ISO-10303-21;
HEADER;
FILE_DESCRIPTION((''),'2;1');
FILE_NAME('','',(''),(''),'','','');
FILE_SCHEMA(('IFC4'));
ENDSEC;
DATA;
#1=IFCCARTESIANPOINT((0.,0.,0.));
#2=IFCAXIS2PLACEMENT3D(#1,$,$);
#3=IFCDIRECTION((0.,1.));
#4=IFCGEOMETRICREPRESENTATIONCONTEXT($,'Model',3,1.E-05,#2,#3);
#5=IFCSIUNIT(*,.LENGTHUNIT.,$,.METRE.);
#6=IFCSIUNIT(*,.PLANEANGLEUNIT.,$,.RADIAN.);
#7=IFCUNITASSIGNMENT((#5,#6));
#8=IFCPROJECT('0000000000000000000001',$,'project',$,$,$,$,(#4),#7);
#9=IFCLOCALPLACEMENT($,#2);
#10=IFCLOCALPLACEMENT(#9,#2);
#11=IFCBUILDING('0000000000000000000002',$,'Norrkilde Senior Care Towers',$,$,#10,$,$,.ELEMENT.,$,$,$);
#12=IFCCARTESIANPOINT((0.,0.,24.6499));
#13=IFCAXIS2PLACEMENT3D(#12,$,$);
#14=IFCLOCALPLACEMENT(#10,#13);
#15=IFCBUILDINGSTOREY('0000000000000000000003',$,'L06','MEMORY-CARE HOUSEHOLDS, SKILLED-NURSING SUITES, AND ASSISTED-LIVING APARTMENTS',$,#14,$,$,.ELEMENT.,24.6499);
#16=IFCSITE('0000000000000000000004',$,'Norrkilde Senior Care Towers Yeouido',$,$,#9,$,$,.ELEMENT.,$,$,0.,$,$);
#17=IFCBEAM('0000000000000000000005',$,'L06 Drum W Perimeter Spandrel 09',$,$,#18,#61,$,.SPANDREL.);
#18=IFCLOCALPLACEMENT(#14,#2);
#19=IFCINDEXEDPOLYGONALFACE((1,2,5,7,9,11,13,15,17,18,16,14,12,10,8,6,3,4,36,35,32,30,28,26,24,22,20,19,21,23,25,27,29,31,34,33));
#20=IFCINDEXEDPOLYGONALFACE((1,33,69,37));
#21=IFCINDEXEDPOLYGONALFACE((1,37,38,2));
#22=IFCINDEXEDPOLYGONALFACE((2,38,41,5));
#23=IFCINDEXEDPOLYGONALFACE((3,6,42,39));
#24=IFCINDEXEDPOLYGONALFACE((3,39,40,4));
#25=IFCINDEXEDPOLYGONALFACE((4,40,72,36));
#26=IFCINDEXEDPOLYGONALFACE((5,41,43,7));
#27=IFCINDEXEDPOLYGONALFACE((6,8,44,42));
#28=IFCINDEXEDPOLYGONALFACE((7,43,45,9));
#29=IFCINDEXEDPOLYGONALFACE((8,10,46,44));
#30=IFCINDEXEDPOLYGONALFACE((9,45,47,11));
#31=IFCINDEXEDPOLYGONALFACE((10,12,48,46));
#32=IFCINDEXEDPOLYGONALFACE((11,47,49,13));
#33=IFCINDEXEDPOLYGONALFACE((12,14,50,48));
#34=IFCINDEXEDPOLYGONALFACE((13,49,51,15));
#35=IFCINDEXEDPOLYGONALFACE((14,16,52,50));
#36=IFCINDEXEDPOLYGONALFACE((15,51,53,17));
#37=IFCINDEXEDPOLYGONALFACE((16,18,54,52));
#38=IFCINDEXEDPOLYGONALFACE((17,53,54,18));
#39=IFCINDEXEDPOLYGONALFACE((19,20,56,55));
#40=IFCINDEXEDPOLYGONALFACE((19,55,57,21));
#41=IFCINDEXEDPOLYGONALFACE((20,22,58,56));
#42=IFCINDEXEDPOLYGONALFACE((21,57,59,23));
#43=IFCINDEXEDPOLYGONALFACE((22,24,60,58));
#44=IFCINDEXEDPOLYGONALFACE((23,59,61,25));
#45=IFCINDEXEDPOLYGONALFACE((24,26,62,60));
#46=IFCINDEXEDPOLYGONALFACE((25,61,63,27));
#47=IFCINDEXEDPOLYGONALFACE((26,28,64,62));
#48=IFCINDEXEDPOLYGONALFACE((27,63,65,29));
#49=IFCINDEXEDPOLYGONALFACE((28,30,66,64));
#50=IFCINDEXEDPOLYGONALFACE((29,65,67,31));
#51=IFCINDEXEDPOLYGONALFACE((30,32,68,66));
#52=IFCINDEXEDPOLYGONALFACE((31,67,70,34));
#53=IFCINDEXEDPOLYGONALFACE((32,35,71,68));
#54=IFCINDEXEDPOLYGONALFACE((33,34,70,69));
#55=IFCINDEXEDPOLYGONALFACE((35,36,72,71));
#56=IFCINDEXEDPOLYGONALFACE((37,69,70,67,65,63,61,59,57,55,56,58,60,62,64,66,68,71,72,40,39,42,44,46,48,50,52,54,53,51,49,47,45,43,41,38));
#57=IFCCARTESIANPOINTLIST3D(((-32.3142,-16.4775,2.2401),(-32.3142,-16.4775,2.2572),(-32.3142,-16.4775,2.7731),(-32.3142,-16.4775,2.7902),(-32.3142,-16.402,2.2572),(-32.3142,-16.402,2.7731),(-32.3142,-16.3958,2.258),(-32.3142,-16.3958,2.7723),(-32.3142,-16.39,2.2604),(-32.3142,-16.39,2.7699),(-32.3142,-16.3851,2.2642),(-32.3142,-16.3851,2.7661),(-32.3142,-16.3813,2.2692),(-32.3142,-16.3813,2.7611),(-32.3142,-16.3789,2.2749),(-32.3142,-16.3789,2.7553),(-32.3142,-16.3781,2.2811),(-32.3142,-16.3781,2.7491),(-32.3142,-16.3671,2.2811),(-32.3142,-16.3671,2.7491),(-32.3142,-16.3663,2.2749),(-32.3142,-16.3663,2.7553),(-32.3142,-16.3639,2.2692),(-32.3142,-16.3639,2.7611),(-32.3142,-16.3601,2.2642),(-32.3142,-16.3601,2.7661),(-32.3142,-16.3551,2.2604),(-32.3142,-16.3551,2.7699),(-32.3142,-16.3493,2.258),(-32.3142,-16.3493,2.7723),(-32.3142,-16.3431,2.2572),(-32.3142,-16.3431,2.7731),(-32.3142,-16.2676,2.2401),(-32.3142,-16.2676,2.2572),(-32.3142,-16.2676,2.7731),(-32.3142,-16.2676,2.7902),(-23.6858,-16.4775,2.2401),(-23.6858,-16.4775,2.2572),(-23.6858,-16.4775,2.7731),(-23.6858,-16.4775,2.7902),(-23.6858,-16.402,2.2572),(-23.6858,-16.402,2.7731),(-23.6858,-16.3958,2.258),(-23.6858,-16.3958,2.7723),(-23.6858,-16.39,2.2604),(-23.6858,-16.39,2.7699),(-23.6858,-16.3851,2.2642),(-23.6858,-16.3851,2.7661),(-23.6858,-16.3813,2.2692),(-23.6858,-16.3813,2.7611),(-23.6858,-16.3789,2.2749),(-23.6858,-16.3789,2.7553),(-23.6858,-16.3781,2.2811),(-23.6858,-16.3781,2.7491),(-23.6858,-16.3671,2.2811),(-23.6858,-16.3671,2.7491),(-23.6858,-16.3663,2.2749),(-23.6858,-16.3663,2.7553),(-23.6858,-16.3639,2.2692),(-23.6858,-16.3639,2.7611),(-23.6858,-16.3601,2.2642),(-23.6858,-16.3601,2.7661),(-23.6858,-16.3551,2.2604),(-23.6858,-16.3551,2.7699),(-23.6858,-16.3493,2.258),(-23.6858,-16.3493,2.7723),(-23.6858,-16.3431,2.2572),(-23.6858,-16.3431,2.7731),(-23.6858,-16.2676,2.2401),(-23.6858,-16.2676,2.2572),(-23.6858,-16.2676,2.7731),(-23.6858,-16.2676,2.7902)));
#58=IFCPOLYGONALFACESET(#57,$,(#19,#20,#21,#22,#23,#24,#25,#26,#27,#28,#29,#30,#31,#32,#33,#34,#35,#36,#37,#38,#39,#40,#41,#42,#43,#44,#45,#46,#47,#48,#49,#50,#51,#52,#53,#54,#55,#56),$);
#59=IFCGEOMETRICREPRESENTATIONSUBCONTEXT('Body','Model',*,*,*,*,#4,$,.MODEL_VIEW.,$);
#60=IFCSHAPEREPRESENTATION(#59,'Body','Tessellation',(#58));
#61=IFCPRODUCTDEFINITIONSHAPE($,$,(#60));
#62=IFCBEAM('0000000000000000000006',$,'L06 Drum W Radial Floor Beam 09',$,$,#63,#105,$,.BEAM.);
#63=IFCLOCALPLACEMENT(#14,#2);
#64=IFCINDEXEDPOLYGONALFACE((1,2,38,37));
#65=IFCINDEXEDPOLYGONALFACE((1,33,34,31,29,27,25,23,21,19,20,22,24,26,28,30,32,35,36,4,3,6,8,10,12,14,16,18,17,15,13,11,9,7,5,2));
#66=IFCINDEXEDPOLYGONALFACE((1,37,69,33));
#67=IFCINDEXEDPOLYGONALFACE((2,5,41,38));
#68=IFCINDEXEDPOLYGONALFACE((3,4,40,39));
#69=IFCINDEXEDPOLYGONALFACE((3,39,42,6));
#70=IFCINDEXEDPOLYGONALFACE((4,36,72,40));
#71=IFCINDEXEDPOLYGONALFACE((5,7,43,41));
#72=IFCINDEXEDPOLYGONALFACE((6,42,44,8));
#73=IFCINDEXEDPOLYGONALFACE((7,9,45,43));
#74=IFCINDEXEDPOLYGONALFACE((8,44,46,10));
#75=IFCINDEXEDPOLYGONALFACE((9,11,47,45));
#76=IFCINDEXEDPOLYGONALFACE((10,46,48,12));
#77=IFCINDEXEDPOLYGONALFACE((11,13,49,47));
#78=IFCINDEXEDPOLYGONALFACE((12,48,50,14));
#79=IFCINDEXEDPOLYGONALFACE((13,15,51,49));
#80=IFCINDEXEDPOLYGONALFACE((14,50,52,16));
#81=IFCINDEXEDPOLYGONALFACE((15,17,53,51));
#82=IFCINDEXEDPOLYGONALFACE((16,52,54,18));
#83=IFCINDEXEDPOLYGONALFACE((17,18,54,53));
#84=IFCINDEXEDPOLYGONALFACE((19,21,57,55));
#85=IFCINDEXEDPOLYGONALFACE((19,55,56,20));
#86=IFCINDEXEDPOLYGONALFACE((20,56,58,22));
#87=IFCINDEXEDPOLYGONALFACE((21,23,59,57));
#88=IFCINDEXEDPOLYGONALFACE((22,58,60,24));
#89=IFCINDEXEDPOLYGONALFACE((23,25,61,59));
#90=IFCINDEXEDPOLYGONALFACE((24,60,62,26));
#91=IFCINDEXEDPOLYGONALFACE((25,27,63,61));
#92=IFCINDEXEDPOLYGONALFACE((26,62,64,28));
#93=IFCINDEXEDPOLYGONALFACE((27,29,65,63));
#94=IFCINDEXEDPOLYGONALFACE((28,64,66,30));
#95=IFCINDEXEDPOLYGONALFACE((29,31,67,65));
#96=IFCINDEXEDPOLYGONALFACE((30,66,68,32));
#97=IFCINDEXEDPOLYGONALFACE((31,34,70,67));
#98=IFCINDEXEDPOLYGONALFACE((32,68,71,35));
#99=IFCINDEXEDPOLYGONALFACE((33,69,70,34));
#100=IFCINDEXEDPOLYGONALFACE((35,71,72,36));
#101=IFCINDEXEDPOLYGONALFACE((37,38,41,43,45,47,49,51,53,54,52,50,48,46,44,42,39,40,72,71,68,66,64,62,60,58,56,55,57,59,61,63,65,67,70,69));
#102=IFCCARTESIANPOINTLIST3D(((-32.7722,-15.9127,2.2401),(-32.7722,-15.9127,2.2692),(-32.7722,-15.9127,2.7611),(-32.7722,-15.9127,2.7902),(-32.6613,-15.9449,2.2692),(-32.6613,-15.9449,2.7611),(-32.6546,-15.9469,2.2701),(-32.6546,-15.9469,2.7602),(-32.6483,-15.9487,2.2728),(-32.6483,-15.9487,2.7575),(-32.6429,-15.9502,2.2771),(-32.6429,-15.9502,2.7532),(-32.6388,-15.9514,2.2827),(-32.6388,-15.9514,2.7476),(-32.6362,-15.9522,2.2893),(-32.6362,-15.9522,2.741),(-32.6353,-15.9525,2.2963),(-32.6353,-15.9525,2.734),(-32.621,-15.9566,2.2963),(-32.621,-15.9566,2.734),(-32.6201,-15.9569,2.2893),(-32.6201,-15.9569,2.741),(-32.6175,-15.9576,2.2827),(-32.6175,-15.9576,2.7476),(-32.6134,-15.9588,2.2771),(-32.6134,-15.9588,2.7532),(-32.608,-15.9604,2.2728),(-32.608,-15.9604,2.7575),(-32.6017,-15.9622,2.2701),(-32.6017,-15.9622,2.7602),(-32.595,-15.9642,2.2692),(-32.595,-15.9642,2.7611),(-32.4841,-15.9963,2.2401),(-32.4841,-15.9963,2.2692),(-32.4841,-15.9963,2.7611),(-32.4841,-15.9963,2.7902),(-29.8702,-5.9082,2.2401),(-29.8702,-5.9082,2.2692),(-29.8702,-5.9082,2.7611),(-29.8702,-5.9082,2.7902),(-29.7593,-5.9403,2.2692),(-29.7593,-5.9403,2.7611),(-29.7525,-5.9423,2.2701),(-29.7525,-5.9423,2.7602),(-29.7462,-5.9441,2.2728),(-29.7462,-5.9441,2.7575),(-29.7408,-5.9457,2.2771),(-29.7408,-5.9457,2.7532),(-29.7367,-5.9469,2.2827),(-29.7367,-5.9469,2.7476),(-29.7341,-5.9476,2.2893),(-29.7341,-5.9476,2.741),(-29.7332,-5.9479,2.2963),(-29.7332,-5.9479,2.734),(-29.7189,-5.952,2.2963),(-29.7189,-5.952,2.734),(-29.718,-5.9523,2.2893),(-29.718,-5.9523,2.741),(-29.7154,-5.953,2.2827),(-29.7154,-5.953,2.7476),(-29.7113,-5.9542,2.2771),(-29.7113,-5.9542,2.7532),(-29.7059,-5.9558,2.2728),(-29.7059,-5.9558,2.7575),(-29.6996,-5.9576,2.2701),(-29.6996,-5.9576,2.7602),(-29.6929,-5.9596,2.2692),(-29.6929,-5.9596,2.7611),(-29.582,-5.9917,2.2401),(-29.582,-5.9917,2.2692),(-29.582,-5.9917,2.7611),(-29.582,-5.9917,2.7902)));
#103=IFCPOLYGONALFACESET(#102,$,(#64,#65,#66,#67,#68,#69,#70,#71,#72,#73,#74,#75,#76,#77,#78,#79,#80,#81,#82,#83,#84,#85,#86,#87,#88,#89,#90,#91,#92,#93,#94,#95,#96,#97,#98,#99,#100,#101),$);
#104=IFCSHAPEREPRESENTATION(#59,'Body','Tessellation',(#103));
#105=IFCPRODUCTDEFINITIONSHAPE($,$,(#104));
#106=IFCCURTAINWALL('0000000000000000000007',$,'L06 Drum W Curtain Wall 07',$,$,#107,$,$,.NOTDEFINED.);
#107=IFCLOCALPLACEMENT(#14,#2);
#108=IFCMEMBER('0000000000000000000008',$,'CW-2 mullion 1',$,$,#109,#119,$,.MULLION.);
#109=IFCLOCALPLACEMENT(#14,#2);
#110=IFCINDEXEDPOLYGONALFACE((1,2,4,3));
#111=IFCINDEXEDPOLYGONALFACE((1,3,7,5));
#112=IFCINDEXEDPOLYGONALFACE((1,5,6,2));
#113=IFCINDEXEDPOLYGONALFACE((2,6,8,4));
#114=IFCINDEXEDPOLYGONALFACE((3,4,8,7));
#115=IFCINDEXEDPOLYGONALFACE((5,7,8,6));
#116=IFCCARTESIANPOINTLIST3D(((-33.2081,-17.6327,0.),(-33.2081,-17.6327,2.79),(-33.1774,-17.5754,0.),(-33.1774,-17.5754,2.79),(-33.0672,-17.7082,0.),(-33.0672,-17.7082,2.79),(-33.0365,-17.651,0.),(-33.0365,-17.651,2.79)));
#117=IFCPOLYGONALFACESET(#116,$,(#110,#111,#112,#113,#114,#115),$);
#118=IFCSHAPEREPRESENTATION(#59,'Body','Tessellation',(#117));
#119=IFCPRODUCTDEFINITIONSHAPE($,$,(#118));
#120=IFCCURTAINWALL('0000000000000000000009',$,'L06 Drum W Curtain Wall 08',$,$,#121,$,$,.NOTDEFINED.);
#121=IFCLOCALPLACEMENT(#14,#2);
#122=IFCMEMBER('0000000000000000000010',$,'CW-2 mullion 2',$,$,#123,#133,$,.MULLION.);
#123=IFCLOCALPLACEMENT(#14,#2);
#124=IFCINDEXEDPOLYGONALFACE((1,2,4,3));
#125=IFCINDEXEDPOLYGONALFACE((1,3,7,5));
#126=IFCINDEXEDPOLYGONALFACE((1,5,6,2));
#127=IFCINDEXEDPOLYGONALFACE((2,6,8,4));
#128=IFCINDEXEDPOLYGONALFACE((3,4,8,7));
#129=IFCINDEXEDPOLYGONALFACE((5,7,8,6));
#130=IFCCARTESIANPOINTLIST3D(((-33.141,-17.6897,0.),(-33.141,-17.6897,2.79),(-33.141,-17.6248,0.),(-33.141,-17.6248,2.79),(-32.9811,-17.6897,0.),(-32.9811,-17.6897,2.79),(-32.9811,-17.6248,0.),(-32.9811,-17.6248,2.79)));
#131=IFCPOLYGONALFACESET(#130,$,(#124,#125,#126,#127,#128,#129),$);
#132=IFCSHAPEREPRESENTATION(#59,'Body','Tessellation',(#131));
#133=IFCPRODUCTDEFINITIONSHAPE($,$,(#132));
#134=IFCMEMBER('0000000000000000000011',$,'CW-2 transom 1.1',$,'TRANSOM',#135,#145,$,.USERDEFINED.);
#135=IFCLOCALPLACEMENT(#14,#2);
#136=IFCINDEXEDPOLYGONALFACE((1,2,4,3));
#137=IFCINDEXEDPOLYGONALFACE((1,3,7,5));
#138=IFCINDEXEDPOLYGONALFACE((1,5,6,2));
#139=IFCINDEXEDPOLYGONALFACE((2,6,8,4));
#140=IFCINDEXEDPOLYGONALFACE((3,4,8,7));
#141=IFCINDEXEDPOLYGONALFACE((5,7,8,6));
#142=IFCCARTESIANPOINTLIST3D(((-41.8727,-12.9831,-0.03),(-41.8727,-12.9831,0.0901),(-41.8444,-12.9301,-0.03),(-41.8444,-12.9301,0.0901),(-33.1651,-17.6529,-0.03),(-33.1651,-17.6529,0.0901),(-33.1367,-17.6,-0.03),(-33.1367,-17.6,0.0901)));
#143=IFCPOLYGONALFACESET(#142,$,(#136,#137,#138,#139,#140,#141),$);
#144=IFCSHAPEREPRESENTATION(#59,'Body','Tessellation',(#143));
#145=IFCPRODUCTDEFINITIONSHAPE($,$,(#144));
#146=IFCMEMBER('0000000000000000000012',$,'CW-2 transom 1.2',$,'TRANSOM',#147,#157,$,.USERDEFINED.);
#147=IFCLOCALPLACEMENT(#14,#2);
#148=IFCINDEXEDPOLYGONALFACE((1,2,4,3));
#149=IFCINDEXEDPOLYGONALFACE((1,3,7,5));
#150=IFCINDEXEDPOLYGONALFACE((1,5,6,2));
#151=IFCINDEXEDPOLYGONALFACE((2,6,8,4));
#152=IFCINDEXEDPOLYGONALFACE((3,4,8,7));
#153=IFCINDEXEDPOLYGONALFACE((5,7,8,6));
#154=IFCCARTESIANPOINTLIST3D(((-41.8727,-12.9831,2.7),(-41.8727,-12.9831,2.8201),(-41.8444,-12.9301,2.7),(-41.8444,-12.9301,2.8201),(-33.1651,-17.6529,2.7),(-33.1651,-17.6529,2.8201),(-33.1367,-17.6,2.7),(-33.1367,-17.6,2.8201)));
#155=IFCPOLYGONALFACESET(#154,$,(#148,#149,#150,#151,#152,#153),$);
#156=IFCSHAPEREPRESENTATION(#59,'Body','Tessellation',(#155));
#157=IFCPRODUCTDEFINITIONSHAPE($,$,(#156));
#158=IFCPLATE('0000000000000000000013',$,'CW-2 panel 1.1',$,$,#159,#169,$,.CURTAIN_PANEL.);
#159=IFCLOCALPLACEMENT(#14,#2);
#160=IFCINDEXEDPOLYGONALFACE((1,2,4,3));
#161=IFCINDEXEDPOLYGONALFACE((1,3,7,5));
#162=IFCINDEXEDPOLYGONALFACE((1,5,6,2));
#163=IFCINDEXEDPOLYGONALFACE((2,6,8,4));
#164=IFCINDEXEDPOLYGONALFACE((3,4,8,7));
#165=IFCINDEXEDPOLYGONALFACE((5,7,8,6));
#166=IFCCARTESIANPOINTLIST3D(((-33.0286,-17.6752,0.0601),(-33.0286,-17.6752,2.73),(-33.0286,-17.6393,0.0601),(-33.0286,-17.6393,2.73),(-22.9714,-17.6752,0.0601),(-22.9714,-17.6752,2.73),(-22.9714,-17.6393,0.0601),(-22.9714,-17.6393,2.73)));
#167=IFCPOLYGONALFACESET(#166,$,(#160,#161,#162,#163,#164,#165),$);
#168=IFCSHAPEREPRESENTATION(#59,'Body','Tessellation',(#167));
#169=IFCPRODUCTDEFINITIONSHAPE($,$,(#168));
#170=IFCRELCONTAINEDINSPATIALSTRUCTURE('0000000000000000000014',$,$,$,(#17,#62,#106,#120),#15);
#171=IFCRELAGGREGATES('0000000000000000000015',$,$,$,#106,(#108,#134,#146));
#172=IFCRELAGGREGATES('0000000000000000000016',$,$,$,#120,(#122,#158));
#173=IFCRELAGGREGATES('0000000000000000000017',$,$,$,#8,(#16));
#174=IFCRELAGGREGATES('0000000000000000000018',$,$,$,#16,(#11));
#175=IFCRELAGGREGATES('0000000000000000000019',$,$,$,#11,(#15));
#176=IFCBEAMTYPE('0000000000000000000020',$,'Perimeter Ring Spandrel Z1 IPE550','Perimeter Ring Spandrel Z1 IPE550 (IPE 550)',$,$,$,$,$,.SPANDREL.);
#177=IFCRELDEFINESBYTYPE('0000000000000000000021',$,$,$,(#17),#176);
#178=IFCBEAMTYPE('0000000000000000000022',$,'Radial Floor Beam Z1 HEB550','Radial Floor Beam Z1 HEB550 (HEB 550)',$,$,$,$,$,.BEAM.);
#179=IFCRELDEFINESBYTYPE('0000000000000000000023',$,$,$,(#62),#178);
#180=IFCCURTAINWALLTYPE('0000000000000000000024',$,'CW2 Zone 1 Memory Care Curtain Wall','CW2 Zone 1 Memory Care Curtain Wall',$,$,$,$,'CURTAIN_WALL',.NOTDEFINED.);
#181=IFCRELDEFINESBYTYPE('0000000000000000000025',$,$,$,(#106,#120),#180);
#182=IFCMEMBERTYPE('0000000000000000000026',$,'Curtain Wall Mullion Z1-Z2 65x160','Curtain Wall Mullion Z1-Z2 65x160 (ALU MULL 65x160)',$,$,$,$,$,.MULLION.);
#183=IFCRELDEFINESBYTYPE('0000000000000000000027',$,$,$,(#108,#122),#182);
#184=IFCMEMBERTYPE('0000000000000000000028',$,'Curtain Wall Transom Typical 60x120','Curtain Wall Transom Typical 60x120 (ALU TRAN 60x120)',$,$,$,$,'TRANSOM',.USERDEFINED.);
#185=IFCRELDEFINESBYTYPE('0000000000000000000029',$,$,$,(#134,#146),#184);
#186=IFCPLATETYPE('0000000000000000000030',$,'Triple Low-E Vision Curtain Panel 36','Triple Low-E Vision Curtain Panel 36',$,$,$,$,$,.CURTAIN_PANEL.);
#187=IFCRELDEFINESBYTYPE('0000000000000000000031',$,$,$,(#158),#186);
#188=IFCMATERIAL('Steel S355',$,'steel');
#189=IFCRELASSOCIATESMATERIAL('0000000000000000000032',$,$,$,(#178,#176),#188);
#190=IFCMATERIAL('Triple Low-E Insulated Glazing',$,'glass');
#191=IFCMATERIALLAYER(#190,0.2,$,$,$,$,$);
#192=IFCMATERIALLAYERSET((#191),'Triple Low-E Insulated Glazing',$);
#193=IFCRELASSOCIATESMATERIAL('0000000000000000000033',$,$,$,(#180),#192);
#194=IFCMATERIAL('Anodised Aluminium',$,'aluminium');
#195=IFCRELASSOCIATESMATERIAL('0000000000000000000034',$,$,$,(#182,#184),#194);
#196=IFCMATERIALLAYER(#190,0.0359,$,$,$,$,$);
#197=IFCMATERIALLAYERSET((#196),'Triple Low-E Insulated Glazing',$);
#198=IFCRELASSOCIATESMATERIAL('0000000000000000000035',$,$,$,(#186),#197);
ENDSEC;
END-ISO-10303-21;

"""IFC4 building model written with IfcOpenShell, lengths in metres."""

from ifc_helpers import new_model, si_unit, direction, frame, origin, origin_2d, place, context, subcontext, project, spatial, rectangle, i_section, extrude, source, transform, mapped, material, layer, layer_set, material_profile, profile_set, type_object, type_shapes, element, aggregate, save


model = new_model("IFC4")

# Units and contexts
model_context = context("Model", 3, precision=1e-05, world=origin(), true_north=direction((0.0, 1.0)))
body_context = subcontext(model_context, "Body", "Model", "MODEL_VIEW")
ifc_project = project(units=[si_unit("LENGTHUNIT", "METRE"), si_unit("PLANEANGLEUNIT", "RADIAN")], contexts=[model_context])

# Site, building, storey
site_placement = place(None, origin())
site = spatial("IfcSite", under=ifc_project, at=site_placement, Name="Norrkilde Senior Care Towers Yeouido", CompositionType="ELEMENT", RefElevation=0.0)
building_placement = place(site_placement, origin())
building = spatial("IfcBuilding", under=site, at=building_placement, Name="Norrkilde Senior Care Towers", CompositionType="ELEMENT")
storey_placement = place(building_placement, frame((0.0, 0.0, 24.6499)))
storey = spatial("IfcBuildingStorey", under=building, at=storey_placement, Name="L06", Description="MEMORY-CARE HOUSEHOLDS, SKILLED-NURSING SUITES, AND ASSISTED-LIVING APARTMENTS", CompositionType="ELEMENT", Elevation=24.6499)

# Beams
ifc_material_1 = material(Name="Steel S355", Category="steel")
ifc_material_profile_1 = material_profile(ifc_material_1, i_section(OverallWidth=0.3, OverallDepth=0.55, WebThickness=0.0149, FlangeThickness=0.0291, FilletRadius=0.0271, at=origin_2d()), Name="HEB 550")
ifc_profile_set_1 = profile_set([ifc_material_profile_1], Name="Steel S355")
beam_type_1 = type_object("IfcBeamType", Name="Radial Floor Beam Z1 HEB550", Description="Radial Floor Beam Z1 HEB550 (HEB 550)", PredefinedType="BEAM", material=ifc_profile_set_1)
ifc_material_profile_2 = material_profile(ifc_material_1, i_section(OverallWidth=0.21, OverallDepth=0.55, WebThickness=0.011, FlangeThickness=0.0171, FilletRadius=0.0239, at=origin_2d()), Name="IPE 550")
ifc_profile_set_2 = profile_set([ifc_material_profile_2], Name="Steel S355")
beam_type_2 = type_object("IfcBeamType", Name="Perimeter Ring Spandrel Z1 IPE550", Description="Perimeter Ring Spandrel Z1 IPE550 (IPE 550)", PredefinedType="SPANDREL", material=ifc_profile_set_2)
shared_shape_1 = source(origin(), body_context, "Body", "SweptSolid", [
    extrude(i_section(OverallWidth=0.21, OverallDepth=0.55, WebThickness=0.011, FlangeThickness=0.0171, FilletRadius=0.0239, at=origin_2d()), origin(), (0.0, 0.0, 1.0), 8.6284),
])
type_shapes(beam_type_2, [shared_shape_1])
beam_1_placement = place(storey_placement, frame((-32.3142, -16.3726, 2.5151), z_axis=(1.0, 0.0, 0.0), x_axis=(0.0, 1.0, 0.0)))
element("IfcBeam", 1, at=beam_1_placement, inside=storey, type_object=beam_type_2, Name="L06 Drum W Perimeter Spandrel 09", PredefinedType="SPANDREL", context=body_context, shape_type="MappedRepresentation", body=[
    mapped(shared_shape_1, transform((0.0, 0.0, 0.0), x_axis=(1.0, 0.0, 0.0), y_axis=(0.0, 1.0, 0.0), z_axis=(0.0, 0.0, 1.0), scale=1.0)),
])
shared_shape_2 = source(origin(), body_context, "Body", "SweptSolid", [
    extrude(i_section(OverallWidth=0.3, OverallDepth=0.55, WebThickness=0.0149, FlangeThickness=0.0291, FilletRadius=0.0271, at=origin_2d()), origin(), (0.0, 0.0, 1.0), 10.417),
])
beam_2_placement = place(storey_placement, frame((-29.7261, -5.95, 2.5151), z_axis=(-0.278591, -0.96041, 0.0), x_axis=(0.96041, -0.278591, 0.0)))
element("IfcBeam", 2, at=beam_2_placement, inside=storey, type_object=beam_type_1, Name="L06 Drum W Radial Floor Beam 09", PredefinedType="BEAM", context=body_context, shape_type="MappedRepresentation", body=[
    mapped(shared_shape_2, transform((0.0, 0.0, 0.0), x_axis=(1.0, 0.0, 0.0), y_axis=(0.0, 1.0, 0.0), z_axis=(0.0, 0.0, 1.0), scale=1.0)),
])

# Curtain walls, members
ifc_material_2 = material(Name="Triple Low-E Insulated Glazing", Category="glass")
ifc_layer_1 = layer(ifc_material_2, 0.2)
ifc_layer_set_1 = layer_set([ifc_layer_1], Name="Triple Low-E Insulated Glazing")
curtain_wall_type = type_object("IfcCurtainWallType", Name="CW2 Zone 1 Memory Care Curtain Wall", Description="CW2 Zone 1 Memory Care Curtain Wall", ElementType="CURTAIN_WALL", PredefinedType="NOTDEFINED", material=ifc_layer_set_1)
curtain_wall_1_placement = place(storey_placement, origin())
curtain_wall_1 = element("IfcCurtainWall", 3, at=curtain_wall_1_placement, inside=storey, type_object=curtain_wall_type, Name="L06 Drum W Curtain Wall 07", PredefinedType="NOTDEFINED")
ifc_material_3 = material(Name="Anodised Aluminium", Category="aluminium")
ifc_material_profile_3 = material_profile(ifc_material_3, rectangle(XDim=0.0649, YDim=0.1599, at=origin_2d()), Name="ALU MULL 65x160")
ifc_profile_set_3 = profile_set([ifc_material_profile_3], Name="Anodised Aluminium")
member_type_1 = type_object("IfcMemberType", Name="Curtain Wall Mullion Z1-Z2 65x160", Description="Curtain Wall Mullion Z1-Z2 65x160 (ALU MULL 65x160)", PredefinedType="MULLION", material=ifc_profile_set_3)
shared_shape_3 = source(origin(), body_context, "Body", "SweptSolid", [
    extrude(rectangle(XDim=0.0649, YDim=0.1599, at=origin_2d()), origin(), (0.0, 0.0, 1.0), 2.79),
])
type_shapes(member_type_1, [shared_shape_3])
member_1_placement = place(storey_placement, frame((-33.1223, -17.6418, 0.0), z_axis=(0.0, 0.0, 1.0), x_axis=(-0.472608, -0.881273, 0.0)))
member_1 = element("IfcMember", 4, at=member_1_placement, type_object=member_type_1, Name="CW-2 mullion 1", PredefinedType="MULLION", context=body_context, shape_type="MappedRepresentation", body=[
    mapped(shared_shape_3, transform((0.0, 0.0, 0.0), x_axis=(1.0, 0.0, 0.0), y_axis=(0.0, 1.0, 0.0), z_axis=(0.0, 0.0, 1.0), scale=1.0)),
])
curtain_wall_2_placement = place(storey_placement, origin())
curtain_wall_2 = element("IfcCurtainWall", 5, at=curtain_wall_2_placement, inside=storey, type_object=curtain_wall_type, Name="L06 Drum W Curtain Wall 08", PredefinedType="NOTDEFINED")
member_2_placement = place(storey_placement, frame((-33.061, -17.6572, 0.0), z_axis=(0.0, 0.0, 1.0), x_axis=(0.0, -1.0, 0.0)))
member_2 = element("IfcMember", 6, at=member_2_placement, type_object=member_type_1, Name="CW-2 mullion 2", PredefinedType="MULLION", context=body_context, shape_type="MappedRepresentation", body=[
    mapped(shared_shape_3, transform((0.0, 0.0, 0.0), x_axis=(1.0, 0.0, 0.0), y_axis=(0.0, 1.0, 0.0), z_axis=(0.0, 0.0, 1.0), scale=1.0)),
])

# Members
ifc_material_profile_4 = material_profile(ifc_material_3, rectangle(XDim=0.0601, YDim=0.1201, at=origin_2d()), Name="ALU TRAN 60x120")
ifc_profile_set_4 = profile_set([ifc_material_profile_4], Name="Anodised Aluminium")
member_type_2 = type_object("IfcMemberType", Name="Curtain Wall Transom Typical 60x120", Description="Curtain Wall Transom Typical 60x120 (ALU TRAN 60x120)", ElementType="TRANSOM", PredefinedType="USERDEFINED", material=ifc_profile_set_4)
shared_shape_4 = source(origin(), body_context, "Body", "SweptSolid", [
    extrude(rectangle(XDim=0.0601, YDim=0.1201, at=origin_2d()), origin(), (0.0, 0.0, 1.0), 9.8809),
])
type_shapes(member_type_2, [shared_shape_4])
member_3_placement = place(storey_placement, frame((-33.1509, -17.6265, 0.03), z_axis=(-0.881267, 0.472618, 0.0), x_axis=(-0.472618, -0.881267, 0.0)))
member_3 = element("IfcMember", 7, at=member_3_placement, type_object=member_type_2, Name="CW-2 transom 1.1", ObjectType="TRANSOM", PredefinedType="USERDEFINED", context=body_context, shape_type="MappedRepresentation", body=[
    mapped(shared_shape_4, transform((0.0, 0.0, 0.0), x_axis=(1.0, 0.0, 0.0), y_axis=(0.0, 1.0, 0.0), z_axis=(0.0, 0.0, 1.0), scale=1.0)),
])
member_4_placement = place(storey_placement, frame((-33.1509, -17.6265, 2.76), z_axis=(-0.881267, 0.472618, 0.0), x_axis=(-0.472618, -0.881267, 0.0)))
member_4 = element("IfcMember", 8, at=member_4_placement, type_object=member_type_2, Name="CW-2 transom 1.2", ObjectType="TRANSOM", PredefinedType="USERDEFINED", context=body_context, shape_type="MappedRepresentation", body=[
    mapped(shared_shape_4, transform((0.0, 0.0, 0.0), x_axis=(1.0, 0.0, 0.0), y_axis=(0.0, 1.0, 0.0), z_axis=(0.0, 0.0, 1.0), scale=1.0)),
])
aggregate(curtain_wall_1, [member_1, member_3, member_4])

# Plate
ifc_layer_2 = layer(ifc_material_2, 0.0359)
ifc_layer_set_2 = layer_set([ifc_layer_2], Name="Triple Low-E Insulated Glazing")
plate_type = type_object("IfcPlateType", Name="Triple Low-E Vision Curtain Panel 36", Description="Triple Low-E Vision Curtain Panel 36", PredefinedType="CURTAIN_PANEL", material=ifc_layer_set_2)
shared_shape_5 = source(origin(), body_context, "Body", "SweptSolid", [
    extrude(rectangle(XDim=10.0571, YDim=0.0359, at=origin_2d()), origin(), (0.0, 0.0, 1.0), 2.6699),
])
type_shapes(plate_type, [shared_shape_5])
plate_placement = place(storey_placement, frame((-28.0, -17.6572, 0.0601), z_axis=(0.0, 0.0, 1.0), x_axis=(-1.0, 0.0, 0.0)))
plate = element("IfcPlate", 9, at=plate_placement, type_object=plate_type, Name="CW-2 panel 1.1", PredefinedType="CURTAIN_PANEL", context=body_context, shape_type="MappedRepresentation", body=[
    mapped(shared_shape_5, transform((0.0, 0.0, 0.0), x_axis=(1.0, 0.0, 0.0), y_axis=(0.0, 1.0, 0.0), z_axis=(0.0, 0.0, 1.0), scale=1.0)),
])
aggregate(curtain_wall_2, [member_2, plate])

save(model, "model.ifc")
